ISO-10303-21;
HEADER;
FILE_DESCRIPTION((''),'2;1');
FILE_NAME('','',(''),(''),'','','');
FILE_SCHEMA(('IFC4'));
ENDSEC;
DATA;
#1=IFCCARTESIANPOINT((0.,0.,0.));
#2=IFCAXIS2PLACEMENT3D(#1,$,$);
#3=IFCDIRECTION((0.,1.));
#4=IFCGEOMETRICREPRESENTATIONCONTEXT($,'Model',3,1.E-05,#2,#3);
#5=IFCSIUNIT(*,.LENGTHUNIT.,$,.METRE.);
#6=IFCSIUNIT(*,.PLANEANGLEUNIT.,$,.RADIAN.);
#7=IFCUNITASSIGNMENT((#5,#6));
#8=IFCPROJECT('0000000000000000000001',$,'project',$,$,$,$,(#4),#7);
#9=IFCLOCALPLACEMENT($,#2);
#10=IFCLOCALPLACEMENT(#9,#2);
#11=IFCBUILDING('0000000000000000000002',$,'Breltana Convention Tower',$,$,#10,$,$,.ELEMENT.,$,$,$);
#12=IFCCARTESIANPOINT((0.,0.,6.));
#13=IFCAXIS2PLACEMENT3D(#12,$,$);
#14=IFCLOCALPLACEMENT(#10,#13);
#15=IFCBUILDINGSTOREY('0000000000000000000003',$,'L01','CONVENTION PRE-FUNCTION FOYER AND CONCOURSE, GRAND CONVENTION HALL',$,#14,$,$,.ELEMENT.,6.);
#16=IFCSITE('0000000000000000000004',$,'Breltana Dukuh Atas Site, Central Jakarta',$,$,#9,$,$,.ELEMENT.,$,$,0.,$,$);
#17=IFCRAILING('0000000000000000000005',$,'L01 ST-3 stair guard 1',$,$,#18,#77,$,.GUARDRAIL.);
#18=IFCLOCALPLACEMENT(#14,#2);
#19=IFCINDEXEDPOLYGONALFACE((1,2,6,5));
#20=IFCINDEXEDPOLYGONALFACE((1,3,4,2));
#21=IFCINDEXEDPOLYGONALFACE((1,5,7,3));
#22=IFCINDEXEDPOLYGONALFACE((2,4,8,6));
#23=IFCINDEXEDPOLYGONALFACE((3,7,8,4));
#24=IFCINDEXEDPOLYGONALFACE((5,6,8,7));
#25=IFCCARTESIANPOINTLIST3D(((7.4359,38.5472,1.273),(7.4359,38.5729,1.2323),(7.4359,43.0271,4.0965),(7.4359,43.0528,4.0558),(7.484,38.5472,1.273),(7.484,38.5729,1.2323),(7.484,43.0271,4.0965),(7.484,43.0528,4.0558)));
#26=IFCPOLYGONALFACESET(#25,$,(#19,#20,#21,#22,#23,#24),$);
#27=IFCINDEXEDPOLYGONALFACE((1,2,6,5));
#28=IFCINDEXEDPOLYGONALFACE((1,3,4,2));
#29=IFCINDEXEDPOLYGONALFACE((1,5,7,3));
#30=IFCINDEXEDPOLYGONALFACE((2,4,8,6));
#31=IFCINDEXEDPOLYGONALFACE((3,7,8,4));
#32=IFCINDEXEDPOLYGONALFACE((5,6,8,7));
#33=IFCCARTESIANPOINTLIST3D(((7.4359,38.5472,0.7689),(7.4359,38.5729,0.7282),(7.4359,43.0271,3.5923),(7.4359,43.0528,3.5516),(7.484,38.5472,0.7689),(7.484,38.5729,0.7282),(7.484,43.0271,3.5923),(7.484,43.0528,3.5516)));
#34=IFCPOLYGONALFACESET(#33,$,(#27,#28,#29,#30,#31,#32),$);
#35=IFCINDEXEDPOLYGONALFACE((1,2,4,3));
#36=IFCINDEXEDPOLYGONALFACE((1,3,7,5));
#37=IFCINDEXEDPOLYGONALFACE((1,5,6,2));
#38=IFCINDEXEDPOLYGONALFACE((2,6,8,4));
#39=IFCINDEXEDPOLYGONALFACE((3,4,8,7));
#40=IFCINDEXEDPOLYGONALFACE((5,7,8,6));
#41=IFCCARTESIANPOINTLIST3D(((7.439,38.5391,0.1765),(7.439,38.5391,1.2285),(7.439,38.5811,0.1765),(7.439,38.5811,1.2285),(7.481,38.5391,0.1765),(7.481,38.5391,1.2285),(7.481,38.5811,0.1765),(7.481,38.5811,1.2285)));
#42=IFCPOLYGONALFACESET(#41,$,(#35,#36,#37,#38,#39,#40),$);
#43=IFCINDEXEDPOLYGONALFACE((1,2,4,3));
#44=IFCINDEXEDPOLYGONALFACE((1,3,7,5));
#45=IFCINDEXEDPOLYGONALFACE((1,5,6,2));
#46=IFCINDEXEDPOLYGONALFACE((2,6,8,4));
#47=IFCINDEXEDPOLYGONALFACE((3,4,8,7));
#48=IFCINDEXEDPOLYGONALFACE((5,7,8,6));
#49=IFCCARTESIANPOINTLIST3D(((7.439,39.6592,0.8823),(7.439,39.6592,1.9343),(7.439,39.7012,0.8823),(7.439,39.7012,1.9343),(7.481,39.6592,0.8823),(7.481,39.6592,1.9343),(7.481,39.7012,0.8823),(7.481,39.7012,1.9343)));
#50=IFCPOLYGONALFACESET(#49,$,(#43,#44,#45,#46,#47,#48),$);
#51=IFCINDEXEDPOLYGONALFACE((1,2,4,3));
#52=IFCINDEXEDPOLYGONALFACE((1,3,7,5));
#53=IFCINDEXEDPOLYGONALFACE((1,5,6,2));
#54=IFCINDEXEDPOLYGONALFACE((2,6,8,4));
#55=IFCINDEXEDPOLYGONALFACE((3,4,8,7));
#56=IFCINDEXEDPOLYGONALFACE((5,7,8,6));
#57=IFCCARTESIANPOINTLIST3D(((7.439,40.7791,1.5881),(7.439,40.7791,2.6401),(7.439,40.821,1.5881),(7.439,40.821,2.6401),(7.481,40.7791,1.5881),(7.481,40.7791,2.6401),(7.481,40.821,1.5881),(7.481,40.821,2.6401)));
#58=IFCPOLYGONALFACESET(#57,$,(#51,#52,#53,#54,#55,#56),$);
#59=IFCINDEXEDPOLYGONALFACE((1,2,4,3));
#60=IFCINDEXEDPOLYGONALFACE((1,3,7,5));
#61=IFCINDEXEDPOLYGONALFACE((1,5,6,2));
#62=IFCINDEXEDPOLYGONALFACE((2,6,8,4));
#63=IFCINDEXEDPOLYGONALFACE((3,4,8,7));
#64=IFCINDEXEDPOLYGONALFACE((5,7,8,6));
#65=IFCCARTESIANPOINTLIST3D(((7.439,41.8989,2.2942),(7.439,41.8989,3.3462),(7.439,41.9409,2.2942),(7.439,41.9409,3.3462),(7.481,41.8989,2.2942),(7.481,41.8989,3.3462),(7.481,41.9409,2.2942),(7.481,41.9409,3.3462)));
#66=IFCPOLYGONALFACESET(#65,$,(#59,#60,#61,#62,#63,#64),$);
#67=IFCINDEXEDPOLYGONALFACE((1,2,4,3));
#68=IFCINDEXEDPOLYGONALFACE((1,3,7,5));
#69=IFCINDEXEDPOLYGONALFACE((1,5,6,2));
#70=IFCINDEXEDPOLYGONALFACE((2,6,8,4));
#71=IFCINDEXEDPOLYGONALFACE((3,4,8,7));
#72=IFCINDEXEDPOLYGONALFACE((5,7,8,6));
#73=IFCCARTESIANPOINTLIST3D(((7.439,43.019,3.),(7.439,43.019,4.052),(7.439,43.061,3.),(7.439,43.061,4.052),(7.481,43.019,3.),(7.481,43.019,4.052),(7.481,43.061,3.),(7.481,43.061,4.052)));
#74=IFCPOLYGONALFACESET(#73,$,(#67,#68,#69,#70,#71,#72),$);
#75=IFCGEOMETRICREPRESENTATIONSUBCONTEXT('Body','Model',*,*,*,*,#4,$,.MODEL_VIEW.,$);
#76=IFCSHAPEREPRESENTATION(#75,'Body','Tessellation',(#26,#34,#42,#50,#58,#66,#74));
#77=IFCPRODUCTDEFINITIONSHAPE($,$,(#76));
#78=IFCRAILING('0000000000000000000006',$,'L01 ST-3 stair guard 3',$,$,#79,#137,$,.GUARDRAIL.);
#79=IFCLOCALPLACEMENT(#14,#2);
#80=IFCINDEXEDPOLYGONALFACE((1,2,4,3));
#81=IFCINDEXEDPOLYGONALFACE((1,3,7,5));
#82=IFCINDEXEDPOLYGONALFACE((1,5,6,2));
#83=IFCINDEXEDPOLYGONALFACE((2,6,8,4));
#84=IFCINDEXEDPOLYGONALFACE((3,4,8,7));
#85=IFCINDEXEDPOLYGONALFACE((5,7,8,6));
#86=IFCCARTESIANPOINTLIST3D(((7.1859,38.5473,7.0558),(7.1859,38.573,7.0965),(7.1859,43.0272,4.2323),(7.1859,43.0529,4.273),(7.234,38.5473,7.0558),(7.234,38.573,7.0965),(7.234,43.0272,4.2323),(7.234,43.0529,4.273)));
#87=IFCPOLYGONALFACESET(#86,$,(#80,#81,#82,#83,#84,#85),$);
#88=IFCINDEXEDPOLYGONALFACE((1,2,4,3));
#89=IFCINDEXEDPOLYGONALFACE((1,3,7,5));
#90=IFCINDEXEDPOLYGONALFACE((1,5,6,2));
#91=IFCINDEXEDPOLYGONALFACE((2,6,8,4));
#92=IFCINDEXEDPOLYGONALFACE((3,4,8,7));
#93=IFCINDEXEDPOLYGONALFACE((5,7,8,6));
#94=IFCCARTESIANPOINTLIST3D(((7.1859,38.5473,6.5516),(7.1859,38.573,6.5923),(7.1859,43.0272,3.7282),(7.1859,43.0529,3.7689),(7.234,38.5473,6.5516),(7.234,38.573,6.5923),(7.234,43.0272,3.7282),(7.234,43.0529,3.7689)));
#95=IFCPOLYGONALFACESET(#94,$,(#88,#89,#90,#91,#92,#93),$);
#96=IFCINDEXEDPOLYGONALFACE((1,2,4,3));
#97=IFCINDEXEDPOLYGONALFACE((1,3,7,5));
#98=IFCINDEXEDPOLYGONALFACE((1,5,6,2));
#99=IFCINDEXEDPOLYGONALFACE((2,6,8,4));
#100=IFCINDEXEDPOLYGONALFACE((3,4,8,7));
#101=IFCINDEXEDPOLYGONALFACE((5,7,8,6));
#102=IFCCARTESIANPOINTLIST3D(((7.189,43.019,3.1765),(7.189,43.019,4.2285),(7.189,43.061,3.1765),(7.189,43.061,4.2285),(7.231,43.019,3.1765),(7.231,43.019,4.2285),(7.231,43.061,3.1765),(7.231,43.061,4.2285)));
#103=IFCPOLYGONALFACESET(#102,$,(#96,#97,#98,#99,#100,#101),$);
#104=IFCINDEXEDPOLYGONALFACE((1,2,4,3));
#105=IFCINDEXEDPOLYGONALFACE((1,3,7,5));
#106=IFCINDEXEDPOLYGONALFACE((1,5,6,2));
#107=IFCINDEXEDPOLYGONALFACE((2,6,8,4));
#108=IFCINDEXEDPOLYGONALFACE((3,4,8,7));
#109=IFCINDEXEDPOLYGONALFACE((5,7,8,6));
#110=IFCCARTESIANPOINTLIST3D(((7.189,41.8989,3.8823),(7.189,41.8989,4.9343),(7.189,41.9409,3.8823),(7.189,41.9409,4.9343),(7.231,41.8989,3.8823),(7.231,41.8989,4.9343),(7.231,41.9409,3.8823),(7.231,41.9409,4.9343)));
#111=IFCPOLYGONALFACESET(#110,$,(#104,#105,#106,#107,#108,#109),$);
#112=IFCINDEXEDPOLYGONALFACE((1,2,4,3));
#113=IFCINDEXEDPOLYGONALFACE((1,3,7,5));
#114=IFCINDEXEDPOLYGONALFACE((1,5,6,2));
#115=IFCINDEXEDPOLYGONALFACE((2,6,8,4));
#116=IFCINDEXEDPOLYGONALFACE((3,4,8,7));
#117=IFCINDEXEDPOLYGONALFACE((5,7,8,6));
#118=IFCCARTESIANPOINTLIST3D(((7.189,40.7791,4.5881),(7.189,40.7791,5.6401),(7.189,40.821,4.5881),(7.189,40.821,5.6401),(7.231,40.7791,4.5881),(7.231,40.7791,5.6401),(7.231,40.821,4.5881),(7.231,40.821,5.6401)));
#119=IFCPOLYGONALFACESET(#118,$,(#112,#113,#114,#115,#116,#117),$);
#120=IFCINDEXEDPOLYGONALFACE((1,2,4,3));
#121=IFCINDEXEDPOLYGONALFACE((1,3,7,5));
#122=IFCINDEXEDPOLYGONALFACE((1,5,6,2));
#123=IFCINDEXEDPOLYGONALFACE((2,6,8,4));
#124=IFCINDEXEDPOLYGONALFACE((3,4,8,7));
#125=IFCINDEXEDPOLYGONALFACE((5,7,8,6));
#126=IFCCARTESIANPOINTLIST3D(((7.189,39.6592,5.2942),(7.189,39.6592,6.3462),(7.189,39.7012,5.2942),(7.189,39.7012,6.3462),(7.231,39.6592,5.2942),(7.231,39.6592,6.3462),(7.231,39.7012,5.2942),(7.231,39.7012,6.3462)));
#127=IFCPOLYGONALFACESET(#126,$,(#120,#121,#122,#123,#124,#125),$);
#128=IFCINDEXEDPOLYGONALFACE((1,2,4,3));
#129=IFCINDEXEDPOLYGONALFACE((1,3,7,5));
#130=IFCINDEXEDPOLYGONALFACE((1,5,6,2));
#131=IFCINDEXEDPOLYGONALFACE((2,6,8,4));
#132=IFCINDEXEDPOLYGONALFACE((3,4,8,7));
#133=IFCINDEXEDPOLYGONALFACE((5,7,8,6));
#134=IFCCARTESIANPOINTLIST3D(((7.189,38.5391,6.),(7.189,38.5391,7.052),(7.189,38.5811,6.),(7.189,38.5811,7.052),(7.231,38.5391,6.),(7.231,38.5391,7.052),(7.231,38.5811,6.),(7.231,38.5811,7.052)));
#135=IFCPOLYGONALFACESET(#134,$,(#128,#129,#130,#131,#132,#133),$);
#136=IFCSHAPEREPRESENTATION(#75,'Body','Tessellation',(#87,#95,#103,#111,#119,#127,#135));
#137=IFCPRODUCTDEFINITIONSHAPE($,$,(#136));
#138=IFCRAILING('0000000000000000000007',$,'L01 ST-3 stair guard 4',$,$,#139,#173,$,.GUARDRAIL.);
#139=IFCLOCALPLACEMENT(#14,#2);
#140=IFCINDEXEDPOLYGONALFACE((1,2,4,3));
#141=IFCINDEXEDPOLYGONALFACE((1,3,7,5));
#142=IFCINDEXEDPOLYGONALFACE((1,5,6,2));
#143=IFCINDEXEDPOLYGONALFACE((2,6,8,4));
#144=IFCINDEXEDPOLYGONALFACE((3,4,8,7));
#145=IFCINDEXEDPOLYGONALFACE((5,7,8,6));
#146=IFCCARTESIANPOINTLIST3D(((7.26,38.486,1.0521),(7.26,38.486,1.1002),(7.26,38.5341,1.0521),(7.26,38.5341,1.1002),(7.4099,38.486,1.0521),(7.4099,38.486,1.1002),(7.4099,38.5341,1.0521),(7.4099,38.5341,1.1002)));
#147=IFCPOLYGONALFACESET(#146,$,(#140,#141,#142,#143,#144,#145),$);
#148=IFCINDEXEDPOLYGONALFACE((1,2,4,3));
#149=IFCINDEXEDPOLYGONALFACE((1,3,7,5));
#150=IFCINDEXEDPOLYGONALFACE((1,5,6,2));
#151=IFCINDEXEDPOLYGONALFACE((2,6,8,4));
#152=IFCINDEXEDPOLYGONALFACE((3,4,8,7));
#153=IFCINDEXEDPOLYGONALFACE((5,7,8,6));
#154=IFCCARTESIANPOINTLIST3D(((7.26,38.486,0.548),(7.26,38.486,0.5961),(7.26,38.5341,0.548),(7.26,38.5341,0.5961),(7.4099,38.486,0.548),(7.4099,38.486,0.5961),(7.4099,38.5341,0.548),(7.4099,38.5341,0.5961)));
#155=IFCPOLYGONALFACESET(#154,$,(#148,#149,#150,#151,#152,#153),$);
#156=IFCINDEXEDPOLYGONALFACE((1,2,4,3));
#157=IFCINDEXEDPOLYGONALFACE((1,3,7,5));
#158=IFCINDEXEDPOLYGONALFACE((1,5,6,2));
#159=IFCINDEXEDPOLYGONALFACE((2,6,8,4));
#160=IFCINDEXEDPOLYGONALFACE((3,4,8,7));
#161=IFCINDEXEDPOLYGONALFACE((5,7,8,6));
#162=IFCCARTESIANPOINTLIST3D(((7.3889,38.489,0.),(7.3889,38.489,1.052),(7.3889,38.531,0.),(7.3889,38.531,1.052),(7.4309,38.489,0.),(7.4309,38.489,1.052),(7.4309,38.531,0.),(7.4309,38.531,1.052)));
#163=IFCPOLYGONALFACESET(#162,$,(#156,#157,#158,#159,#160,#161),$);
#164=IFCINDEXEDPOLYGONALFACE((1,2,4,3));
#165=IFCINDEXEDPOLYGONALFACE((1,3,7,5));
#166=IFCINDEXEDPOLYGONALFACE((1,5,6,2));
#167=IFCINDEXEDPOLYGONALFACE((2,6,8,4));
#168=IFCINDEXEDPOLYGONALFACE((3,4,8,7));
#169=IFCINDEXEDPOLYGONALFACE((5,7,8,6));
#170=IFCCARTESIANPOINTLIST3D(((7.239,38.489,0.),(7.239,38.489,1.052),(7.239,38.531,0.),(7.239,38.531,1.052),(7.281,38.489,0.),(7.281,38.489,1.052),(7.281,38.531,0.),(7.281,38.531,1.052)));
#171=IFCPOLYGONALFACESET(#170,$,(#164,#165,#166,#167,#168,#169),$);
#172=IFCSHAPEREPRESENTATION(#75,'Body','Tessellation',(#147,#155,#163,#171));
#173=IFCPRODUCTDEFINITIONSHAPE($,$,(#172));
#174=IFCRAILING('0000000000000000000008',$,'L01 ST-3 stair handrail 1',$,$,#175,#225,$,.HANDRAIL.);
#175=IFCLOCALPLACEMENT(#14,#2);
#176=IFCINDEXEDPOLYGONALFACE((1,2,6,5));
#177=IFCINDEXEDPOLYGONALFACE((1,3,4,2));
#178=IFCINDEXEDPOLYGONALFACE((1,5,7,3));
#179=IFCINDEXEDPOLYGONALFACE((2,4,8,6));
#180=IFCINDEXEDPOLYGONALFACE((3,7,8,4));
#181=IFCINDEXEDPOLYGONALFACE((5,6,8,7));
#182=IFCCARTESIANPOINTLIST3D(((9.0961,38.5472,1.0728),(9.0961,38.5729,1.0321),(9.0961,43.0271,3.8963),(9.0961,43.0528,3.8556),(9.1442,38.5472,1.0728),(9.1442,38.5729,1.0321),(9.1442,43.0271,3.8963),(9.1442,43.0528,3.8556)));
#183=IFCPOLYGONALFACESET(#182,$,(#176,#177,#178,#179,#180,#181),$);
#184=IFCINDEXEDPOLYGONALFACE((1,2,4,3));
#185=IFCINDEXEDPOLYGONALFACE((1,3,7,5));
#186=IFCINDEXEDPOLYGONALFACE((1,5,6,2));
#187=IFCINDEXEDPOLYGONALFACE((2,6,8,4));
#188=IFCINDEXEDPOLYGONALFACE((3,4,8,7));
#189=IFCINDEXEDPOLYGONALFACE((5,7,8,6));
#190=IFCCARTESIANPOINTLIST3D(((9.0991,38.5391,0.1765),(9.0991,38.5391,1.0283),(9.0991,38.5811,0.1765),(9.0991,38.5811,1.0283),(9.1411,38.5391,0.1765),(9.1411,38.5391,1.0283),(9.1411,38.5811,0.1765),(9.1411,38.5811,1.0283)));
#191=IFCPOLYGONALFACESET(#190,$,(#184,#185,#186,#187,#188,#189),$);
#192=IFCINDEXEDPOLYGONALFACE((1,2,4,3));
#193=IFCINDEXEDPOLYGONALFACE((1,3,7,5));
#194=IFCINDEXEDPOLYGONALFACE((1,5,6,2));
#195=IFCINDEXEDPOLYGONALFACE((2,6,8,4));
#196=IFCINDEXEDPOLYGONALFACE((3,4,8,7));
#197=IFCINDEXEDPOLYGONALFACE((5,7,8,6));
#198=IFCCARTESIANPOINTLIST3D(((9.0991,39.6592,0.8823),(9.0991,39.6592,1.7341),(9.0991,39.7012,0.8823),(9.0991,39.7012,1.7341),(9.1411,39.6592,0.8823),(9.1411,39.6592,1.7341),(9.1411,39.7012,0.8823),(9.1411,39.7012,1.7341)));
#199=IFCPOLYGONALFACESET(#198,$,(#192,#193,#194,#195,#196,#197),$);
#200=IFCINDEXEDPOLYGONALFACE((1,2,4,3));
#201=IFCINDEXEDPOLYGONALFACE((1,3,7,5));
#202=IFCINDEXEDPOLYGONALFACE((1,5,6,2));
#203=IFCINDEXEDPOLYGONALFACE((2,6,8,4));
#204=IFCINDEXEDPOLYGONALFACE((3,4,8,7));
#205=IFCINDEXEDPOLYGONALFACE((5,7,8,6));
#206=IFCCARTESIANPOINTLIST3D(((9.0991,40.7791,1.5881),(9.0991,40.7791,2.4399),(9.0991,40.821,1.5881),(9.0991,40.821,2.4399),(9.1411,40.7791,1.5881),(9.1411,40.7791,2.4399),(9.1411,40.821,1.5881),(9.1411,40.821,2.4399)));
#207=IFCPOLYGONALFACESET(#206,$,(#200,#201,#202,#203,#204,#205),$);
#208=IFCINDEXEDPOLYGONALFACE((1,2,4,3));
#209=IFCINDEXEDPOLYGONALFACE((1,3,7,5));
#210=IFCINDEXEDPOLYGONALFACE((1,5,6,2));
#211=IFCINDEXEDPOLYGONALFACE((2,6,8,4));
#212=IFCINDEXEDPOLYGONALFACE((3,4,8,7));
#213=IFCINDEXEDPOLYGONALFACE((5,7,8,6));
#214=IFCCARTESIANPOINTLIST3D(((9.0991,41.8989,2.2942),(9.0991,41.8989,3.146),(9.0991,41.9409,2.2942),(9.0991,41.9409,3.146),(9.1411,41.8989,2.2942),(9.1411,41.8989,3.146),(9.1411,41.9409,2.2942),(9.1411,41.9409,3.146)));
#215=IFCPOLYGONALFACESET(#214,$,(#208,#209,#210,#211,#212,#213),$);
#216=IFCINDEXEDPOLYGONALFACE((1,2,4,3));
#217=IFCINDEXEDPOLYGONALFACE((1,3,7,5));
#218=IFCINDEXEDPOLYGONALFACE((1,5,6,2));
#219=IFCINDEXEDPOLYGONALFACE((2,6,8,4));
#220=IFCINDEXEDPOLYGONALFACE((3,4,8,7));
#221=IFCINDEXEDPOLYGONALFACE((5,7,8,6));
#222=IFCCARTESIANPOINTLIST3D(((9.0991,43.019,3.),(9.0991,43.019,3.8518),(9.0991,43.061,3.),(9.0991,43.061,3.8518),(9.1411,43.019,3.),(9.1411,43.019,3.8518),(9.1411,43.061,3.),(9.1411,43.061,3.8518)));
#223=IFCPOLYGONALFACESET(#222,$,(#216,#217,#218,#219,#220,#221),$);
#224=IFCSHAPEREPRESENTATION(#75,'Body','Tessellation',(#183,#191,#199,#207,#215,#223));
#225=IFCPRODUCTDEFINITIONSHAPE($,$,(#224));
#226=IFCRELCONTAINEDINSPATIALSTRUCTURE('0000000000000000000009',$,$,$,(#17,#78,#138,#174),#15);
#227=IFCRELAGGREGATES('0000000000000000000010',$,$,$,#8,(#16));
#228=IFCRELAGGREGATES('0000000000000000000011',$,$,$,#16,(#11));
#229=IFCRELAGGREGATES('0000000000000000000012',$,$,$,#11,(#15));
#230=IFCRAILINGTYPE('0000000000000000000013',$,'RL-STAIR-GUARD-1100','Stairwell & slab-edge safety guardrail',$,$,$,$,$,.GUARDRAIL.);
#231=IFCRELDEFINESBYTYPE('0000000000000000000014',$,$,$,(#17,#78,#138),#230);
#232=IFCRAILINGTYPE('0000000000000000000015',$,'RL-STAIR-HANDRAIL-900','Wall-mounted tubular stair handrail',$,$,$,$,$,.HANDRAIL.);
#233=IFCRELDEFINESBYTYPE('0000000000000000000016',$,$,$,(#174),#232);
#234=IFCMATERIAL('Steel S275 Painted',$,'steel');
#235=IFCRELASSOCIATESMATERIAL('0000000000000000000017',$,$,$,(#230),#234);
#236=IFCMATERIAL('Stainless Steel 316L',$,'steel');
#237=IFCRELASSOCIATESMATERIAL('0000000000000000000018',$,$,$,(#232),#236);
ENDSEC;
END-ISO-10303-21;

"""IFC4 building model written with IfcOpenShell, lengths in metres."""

from ifc_helpers import new_model, si_unit, direction, frame, origin, origin_2d, place, context, subcontext, project, spatial, rectangle, extrude, material, type_object, element, save


model = new_model("IFC4")

# Units and contexts
model_context = context("Model", 3, precision=1e-05, world=origin(), true_north=direction((0.0, 1.0)))
body_context = subcontext(model_context, "Body", "Model", "MODEL_VIEW")
ifc_project = project(units=[si_unit("LENGTHUNIT", "METRE"), si_unit("PLANEANGLEUNIT", "RADIAN")], contexts=[model_context])

# Site, building, storey
site_placement = place(None, origin())
site = spatial("IfcSite", under=ifc_project, at=site_placement, Name="Breltana Dukuh Atas Site, Central Jakarta", CompositionType="ELEMENT", RefElevation=0.0)
building_placement = place(site_placement, origin())
building = spatial("IfcBuilding", under=site, at=building_placement, Name="Breltana Convention Tower", CompositionType="ELEMENT")
storey_placement = place(building_placement, frame((0.0, 0.0, 6.0)))
storey = spatial("IfcBuildingStorey", under=building, at=storey_placement, Name="L01", Description="CONVENTION PRE-FUNCTION FOYER AND CONCOURSE, GRAND CONVENTION HALL", CompositionType="ELEMENT", Elevation=6.0)

# Railings
ifc_material_1 = material(Name="Steel S275 Painted", Category="steel")
railing_type_1 = type_object("IfcRailingType", Name="RL-STAIR-GUARD-1100", Description="Stairwell & slab-edge safety guardrail", PredefinedType="GUARDRAIL", material=ifc_material_1)
railing_1_placement = place(storey_placement, frame((7.46, 38.5601, 0.1765)))
element("IfcRailing", 1, at=railing_1_placement, inside=storey, type_object=railing_type_1, Name="L01 ST-3 stair guard 1", PredefinedType="GUARDRAIL", context=body_context, shape_type="SweptSolid", body=[
    extrude(rectangle(XDim=0.0481, YDim=0.0481, at=origin_2d()), frame((0.0, 0.0, 1.0762), z_axis=(0.0, 0.845998, 0.533186), x_axis=(-1.0, 0.0, 0.0)), (0.0, 0.0, 1.0), 5.2954),
    extrude(rectangle(XDim=0.0481, YDim=0.0481, at=origin_2d()), frame((0.0, 0.0, 0.572), z_axis=(0.0, 0.845998, 0.533186), x_axis=(-1.0, 0.0, 0.0)), (0.0, 0.0, 1.0), 5.2954),
    extrude(rectangle(XDim=0.042, YDim=0.042, at=origin_2d()), origin(), (0.0, 0.0, 1.0), 1.052),
    extrude(rectangle(XDim=0.042, YDim=0.042, at=origin_2d()), frame((0.0, 1.1201, 0.7058)), (0.0, 0.0, 1.0), 1.052),
    extrude(rectangle(XDim=0.042, YDim=0.042, at=origin_2d()), frame((0.0, 2.24, 1.4116)), (0.0, 0.0, 1.0), 1.052),
    extrude(rectangle(XDim=0.042, YDim=0.042, at=origin_2d()), frame((0.0, 3.3599, 2.1177)), (0.0, 0.0, 1.0), 1.052),
    extrude(rectangle(XDim=0.042, YDim=0.042, at=origin_2d()), frame((0.0, 4.48, 2.8235)), (0.0, 0.0, 1.0), 1.052),
])
railing_2_placement = place(storey_placement, frame((7.21, 43.04, 3.1765)))
element("IfcRailing", 2, at=railing_2_placement, inside=storey, type_object=railing_type_1, Name="L01 ST-3 stair guard 3", PredefinedType="GUARDRAIL", context=body_context, shape_type="SweptSolid", body=[
    extrude(rectangle(XDim=0.0481, YDim=0.0481, at=origin_2d()), frame((0.0, 0.0, 1.0762), z_axis=(0.0, -0.845998, 0.533186), x_axis=(1.0, 0.0, 0.0)), (0.0, 0.0, 1.0), 5.2954),
    extrude(rectangle(XDim=0.0481, YDim=0.0481, at=origin_2d()), frame((0.0, 0.0, 0.572), z_axis=(0.0, -0.845998, 0.533186), x_axis=(1.0, 0.0, 0.0)), (0.0, 0.0, 1.0), 5.2954),
    extrude(rectangle(XDim=0.042, YDim=0.042, at=origin_2d()), origin(), (0.0, 0.0, 1.0), 1.052),
    extrude(rectangle(XDim=0.042, YDim=0.042, at=origin_2d()), frame((0.0, -1.1201, 0.7058)), (0.0, 0.0, 1.0), 1.052),
    extrude(rectangle(XDim=0.042, YDim=0.042, at=origin_2d()), frame((0.0, -2.24, 1.4116)), (0.0, 0.0, 1.0), 1.052),
    extrude(rectangle(XDim=0.042, YDim=0.042, at=origin_2d()), frame((0.0, -3.3599, 2.1177)), (0.0, 0.0, 1.0), 1.052),
    extrude(rectangle(XDim=0.042, YDim=0.042, at=origin_2d()), frame((0.0, -4.48, 2.8235)), (0.0, 0.0, 1.0), 1.052),
])
railing_3_placement = place(storey_placement, frame((7.4099, 38.51, 0.0)))
element("IfcRailing", 3, at=railing_3_placement, inside=storey, type_object=railing_type_1, Name="L01 ST-3 stair guard 4", PredefinedType="GUARDRAIL", context=body_context, shape_type="SweptSolid", body=[
    extrude(rectangle(XDim=0.0481, YDim=0.0481, at=origin_2d()), frame((0.0, 0.0, 1.0762), z_axis=(-1.0, 0.0, 0.0), x_axis=(0.0, -1.0, 0.0)), (0.0, 0.0, 1.0), 0.1499),
    extrude(rectangle(XDim=0.0481, YDim=0.0481, at=origin_2d()), frame((0.0, 0.0, 0.572), z_axis=(-1.0, 0.0, 0.0), x_axis=(0.0, -1.0, 0.0)), (0.0, 0.0, 1.0), 0.1499),
    extrude(rectangle(XDim=0.042, YDim=0.042, at=origin_2d()), origin(), (0.0, 0.0, 1.0), 1.052),
    extrude(rectangle(XDim=0.042, YDim=0.042, at=origin_2d()), frame((-0.1499, 0.0, 0.0)), (0.0, 0.0, 1.0), 1.052),
])
ifc_material_2 = material(Name="Stainless Steel 316L", Category="steel")
railing_type_2 = type_object("IfcRailingType", Name="RL-STAIR-HANDRAIL-900", Description="Wall-mounted tubular stair handrail", PredefinedType="HANDRAIL", material=ifc_material_2)
railing_4_placement = place(storey_placement, frame((9.1201, 38.5601, 0.1765)))
element("IfcRailing", 4, at=railing_4_placement, inside=storey, type_object=railing_type_2, Name="L01 ST-3 stair handrail 1", PredefinedType="HANDRAIL", context=body_context, shape_type="SweptSolid", body=[
    extrude(rectangle(XDim=0.0481, YDim=0.0481, at=origin_2d()), frame((0.0, 0.0, 0.876), z_axis=(0.0, 0.845998, 0.533186), x_axis=(-1.0, 0.0, 0.0)), (0.0, 0.0, 1.0), 5.2954),
    extrude(rectangle(XDim=0.042, YDim=0.042, at=origin_2d()), origin(), (0.0, 0.0, 1.0), 0.8518),
    extrude(rectangle(XDim=0.042, YDim=0.042, at=origin_2d()), frame((0.0, 1.1201, 0.7058)), (0.0, 0.0, 1.0), 0.8518),
    extrude(rectangle(XDim=0.042, YDim=0.042, at=origin_2d()), frame((0.0, 2.24, 1.4116)), (0.0, 0.0, 1.0), 0.8518),
    extrude(rectangle(XDim=0.042, YDim=0.042, at=origin_2d()), frame((0.0, 3.3599, 2.1177)), (0.0, 0.0, 1.0), 0.8518),
    extrude(rectangle(XDim=0.042, YDim=0.042, at=origin_2d()), frame((0.0, 4.48, 2.8235)), (0.0, 0.0, 1.0), 0.8518),
])

save(model, "model.ifc")
